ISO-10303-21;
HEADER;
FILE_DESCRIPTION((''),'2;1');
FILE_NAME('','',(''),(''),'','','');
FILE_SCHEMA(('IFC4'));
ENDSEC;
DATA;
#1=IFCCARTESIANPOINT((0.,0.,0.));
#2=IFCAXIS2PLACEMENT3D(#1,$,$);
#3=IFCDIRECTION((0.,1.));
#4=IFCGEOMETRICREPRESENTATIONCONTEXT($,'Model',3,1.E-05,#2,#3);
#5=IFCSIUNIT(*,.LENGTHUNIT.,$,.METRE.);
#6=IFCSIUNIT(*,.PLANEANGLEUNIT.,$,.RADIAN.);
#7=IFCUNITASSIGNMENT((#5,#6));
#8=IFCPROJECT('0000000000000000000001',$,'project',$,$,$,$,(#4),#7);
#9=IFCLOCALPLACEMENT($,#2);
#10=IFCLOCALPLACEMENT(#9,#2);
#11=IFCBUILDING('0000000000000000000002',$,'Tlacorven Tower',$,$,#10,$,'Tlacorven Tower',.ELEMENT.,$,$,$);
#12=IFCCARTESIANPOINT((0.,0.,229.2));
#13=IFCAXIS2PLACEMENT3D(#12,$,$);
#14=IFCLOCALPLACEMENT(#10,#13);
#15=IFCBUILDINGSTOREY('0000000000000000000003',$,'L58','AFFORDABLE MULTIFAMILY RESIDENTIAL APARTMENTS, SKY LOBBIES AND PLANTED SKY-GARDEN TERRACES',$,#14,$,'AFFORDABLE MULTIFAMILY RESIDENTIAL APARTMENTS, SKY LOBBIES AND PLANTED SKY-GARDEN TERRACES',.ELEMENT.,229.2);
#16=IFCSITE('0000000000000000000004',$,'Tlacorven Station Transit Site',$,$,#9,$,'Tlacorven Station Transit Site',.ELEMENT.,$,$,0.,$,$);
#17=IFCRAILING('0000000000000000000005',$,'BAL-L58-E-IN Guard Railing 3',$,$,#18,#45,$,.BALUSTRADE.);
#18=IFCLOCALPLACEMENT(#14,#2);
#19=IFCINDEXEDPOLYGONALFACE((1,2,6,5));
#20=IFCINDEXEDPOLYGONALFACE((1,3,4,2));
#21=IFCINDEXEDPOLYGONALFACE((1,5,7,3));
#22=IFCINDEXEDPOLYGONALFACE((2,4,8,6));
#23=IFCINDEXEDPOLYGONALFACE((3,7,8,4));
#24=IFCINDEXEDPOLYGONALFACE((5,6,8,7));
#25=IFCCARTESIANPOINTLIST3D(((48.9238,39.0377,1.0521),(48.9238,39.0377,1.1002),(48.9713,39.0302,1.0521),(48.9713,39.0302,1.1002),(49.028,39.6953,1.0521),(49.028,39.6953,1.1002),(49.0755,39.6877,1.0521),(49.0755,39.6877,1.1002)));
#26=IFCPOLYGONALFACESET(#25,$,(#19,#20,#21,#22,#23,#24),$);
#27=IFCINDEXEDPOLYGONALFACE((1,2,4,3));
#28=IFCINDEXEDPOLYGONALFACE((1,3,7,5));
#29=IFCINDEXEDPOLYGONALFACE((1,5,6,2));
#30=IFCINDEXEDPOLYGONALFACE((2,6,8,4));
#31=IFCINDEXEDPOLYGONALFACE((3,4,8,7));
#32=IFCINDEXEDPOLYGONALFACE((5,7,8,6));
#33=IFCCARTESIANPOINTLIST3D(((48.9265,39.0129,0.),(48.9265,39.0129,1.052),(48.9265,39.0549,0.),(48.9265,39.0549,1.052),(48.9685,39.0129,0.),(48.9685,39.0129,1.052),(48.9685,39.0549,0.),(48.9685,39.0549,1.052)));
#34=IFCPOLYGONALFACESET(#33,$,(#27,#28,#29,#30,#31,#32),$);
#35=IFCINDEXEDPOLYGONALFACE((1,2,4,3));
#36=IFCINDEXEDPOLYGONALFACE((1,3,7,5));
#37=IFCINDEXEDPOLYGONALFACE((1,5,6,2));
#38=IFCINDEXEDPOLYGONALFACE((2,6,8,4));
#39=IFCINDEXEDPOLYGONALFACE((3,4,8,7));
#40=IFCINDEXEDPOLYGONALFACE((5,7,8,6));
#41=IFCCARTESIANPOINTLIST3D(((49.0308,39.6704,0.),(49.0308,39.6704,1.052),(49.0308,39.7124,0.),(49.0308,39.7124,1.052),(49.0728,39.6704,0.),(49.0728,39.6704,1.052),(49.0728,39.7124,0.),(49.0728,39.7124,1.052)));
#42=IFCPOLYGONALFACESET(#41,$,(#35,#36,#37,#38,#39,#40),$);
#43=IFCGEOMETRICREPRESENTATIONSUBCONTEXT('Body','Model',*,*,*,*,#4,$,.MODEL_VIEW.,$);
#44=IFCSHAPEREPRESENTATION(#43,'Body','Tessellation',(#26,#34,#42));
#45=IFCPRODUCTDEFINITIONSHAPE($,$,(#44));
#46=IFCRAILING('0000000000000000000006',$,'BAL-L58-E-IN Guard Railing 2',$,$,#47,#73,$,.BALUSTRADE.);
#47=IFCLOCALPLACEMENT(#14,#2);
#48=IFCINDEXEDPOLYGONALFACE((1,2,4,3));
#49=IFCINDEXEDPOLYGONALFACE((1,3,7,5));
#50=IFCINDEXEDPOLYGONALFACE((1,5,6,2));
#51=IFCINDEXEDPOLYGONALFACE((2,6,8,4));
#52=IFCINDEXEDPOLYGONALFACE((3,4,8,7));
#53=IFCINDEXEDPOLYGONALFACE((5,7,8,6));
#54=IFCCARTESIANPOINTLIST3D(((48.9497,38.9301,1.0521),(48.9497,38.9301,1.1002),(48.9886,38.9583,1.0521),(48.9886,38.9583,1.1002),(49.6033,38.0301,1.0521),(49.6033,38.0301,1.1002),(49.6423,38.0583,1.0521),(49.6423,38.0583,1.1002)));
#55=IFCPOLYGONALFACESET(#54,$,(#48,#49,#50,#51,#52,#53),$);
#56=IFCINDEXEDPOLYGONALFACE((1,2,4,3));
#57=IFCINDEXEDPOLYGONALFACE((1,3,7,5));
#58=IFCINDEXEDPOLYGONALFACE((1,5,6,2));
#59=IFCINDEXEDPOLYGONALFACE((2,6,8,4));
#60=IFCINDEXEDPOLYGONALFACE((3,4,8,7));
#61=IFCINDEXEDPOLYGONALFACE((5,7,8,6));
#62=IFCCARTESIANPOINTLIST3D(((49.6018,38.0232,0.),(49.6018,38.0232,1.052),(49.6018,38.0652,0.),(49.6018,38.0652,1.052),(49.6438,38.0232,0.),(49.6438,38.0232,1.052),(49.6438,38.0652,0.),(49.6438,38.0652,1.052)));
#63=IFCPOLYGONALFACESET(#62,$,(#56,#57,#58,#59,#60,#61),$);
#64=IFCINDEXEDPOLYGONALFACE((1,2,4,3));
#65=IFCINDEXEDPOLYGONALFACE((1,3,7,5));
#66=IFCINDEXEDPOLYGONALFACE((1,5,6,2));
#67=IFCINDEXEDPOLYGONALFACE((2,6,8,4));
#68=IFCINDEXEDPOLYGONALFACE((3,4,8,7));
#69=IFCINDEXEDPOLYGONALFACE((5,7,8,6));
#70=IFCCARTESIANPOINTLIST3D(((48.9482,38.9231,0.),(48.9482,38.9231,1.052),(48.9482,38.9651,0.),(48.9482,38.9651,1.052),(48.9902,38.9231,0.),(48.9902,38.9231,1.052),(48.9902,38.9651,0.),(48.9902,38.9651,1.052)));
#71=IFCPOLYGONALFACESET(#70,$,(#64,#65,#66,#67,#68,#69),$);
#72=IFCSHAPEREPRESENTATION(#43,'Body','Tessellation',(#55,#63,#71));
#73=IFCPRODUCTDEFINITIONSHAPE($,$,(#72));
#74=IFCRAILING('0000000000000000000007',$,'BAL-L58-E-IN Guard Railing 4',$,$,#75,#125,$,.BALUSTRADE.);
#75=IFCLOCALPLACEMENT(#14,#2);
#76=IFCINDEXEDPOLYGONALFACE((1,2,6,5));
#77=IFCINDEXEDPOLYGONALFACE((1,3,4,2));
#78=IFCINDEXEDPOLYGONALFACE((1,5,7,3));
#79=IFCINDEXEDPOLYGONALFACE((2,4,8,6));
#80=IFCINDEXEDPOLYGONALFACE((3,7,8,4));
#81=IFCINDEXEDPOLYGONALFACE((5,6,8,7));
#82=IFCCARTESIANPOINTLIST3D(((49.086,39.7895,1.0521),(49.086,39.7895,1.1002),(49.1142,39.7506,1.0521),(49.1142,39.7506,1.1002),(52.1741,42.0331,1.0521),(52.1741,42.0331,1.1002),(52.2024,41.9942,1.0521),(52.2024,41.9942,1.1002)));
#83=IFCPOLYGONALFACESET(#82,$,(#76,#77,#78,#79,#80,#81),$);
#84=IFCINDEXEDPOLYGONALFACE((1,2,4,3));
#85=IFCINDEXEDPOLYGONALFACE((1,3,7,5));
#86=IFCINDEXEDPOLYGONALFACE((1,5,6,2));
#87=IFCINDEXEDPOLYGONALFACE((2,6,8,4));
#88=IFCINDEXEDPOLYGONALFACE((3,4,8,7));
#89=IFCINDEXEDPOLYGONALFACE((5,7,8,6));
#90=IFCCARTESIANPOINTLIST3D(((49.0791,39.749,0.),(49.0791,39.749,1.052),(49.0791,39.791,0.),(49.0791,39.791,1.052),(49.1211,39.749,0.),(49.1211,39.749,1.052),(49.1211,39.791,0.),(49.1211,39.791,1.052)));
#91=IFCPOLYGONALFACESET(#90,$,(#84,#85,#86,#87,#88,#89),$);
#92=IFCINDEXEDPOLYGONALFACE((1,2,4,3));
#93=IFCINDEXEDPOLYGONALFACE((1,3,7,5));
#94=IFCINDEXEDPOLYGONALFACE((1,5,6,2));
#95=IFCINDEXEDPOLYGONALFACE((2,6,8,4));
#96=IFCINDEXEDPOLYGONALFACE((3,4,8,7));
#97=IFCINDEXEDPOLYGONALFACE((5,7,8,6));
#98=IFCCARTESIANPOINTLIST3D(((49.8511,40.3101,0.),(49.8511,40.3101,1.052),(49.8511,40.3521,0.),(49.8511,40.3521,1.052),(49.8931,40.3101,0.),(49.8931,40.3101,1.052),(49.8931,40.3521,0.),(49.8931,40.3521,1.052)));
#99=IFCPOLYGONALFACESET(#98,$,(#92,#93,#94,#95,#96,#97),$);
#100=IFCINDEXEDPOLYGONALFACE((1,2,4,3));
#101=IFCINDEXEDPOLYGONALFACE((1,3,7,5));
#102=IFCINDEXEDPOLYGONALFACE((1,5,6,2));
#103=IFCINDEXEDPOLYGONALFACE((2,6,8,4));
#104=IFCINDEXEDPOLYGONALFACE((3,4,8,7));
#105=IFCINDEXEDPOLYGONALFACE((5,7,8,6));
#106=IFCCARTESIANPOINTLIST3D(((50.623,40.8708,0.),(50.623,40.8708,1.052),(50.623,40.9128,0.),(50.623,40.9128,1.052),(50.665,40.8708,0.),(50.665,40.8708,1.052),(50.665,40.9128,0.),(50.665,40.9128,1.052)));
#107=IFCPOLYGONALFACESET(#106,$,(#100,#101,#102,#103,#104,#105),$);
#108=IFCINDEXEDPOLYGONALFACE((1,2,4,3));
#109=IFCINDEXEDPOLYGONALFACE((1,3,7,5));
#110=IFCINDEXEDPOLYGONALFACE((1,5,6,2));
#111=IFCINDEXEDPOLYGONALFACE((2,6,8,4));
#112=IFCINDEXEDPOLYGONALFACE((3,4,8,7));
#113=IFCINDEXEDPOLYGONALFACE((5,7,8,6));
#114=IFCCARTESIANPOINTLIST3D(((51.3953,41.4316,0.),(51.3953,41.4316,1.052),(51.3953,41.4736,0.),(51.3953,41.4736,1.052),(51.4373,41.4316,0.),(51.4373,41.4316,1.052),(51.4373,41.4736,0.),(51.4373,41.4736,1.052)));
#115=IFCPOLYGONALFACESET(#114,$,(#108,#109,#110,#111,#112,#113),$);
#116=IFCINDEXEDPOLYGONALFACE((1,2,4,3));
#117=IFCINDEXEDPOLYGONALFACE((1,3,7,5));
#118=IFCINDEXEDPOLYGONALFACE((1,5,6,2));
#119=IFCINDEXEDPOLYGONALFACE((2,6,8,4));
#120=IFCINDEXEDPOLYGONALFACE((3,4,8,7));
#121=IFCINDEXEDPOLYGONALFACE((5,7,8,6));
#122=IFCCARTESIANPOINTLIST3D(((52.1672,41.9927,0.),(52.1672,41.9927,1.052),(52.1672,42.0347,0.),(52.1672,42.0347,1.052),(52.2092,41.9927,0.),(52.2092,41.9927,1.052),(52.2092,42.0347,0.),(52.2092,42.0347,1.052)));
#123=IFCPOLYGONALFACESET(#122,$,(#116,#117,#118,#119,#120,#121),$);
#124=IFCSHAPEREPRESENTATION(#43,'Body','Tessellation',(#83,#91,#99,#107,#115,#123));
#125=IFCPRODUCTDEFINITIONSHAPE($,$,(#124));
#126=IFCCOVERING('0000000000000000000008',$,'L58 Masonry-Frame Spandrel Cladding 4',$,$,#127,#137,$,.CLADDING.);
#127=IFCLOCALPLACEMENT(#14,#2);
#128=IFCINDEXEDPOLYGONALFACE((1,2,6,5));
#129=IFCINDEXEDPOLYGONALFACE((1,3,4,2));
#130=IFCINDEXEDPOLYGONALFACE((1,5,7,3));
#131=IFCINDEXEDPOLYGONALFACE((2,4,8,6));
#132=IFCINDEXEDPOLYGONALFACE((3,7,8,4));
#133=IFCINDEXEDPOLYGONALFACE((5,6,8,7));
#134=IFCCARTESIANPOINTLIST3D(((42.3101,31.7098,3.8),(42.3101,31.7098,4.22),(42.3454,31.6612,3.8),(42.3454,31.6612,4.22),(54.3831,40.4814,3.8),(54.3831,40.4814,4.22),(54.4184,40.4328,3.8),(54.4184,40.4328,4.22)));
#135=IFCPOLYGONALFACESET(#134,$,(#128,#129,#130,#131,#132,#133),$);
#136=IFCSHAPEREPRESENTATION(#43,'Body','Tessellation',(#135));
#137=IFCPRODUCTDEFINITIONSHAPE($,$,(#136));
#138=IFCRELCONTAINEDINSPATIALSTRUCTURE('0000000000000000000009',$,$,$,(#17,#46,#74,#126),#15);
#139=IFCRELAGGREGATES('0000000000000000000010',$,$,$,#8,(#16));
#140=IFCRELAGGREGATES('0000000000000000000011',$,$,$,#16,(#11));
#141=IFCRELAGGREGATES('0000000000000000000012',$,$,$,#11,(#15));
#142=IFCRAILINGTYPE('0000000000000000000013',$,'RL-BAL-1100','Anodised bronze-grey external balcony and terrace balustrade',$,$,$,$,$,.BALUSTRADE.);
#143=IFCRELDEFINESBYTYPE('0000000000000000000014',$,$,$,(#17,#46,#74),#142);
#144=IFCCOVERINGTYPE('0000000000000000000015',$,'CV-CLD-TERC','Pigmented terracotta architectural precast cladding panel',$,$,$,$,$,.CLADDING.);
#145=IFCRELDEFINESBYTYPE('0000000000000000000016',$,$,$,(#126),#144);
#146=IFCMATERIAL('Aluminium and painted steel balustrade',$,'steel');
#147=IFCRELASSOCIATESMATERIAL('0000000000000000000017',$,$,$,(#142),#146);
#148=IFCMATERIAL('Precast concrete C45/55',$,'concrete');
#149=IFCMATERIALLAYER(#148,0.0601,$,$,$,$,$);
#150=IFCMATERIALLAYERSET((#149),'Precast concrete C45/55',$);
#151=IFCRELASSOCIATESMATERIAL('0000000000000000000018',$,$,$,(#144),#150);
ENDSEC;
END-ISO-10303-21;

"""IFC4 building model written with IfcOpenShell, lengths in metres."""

from ifc_helpers import new_model, si_unit, direction, frame, origin, origin_2d, place, context, subcontext, project, spatial, rectangle, extrude, source, transform, mapped, material, layer, layer_set, type_object, element, save


model = new_model("IFC4")

# Units and contexts
model_context = context("Model", 3, precision=1e-05, world=origin(), true_north=direction((0.0, 1.0)))
body_context = subcontext(model_context, "Body", "Model", "MODEL_VIEW")
ifc_project = project(units=[si_unit("LENGTHUNIT", "METRE"), si_unit("PLANEANGLEUNIT", "RADIAN")], contexts=[model_context])

# Site, building, storey
site_placement = place(None, origin())
site = spatial("IfcSite", under=ifc_project, at=site_placement, Name="Tlacorven Station Transit Site", LongName="Tlacorven Station Transit Site", CompositionType="ELEMENT", RefElevation=0.0)
building_placement = place(site_placement, origin())
building = spatial("IfcBuilding", under=site, at=building_placement, Name="Tlacorven Tower", LongName="Tlacorven Tower", CompositionType="ELEMENT")
storey_placement = place(building_placement, frame((0.0, 0.0, 229.2)))
storey = spatial("IfcBuildingStorey", under=building, at=storey_placement, Name="L58", Description="AFFORDABLE MULTIFAMILY RESIDENTIAL APARTMENTS, SKY LOBBIES AND PLANTED SKY-GARDEN TERRACES", LongName="AFFORDABLE MULTIFAMILY RESIDENTIAL APARTMENTS, SKY LOBBIES AND PLANTED SKY-GARDEN TERRACES", CompositionType="ELEMENT", Elevation=229.2)

# Railings
ifc_material_1 = material(Name="Aluminium and painted steel balustrade", Category="steel")
railing_type = type_object("IfcRailingType", Name="RL-BAL-1100", Description="Anodised bronze-grey external balcony and terrace balustrade", PredefinedType="BALUSTRADE", material=ifc_material_1)
shared_shape_1 = source(origin(), body_context, "Body", "SweptSolid", [
    extrude(rectangle(XDim=0.0481, YDim=0.0481, at=origin_2d()), frame((0.0, 0.0, 1.0762), z_axis=(0.156603, 0.987662, 0.0), x_axis=(-0.987662, 0.156603, 0.0)), (0.0, 0.0, 1.0), 0.6658),
    extrude(rectangle(XDim=0.042, YDim=0.042, at=origin_2d()), origin(), (0.0, 0.0, 1.0), 1.052),
    extrude(rectangle(XDim=0.042, YDim=0.042, at=origin_2d()), frame((0.1042, 0.6575, 0.0)), (0.0, 0.0, 1.0), 1.052),
])
railing_1_placement = place(storey_placement, frame((48.9475, 39.0339, 0.0)))
element("IfcRailing", 1, at=railing_1_placement, inside=storey, type_object=railing_type, Name="BAL-L58-E-IN Guard Railing 3", PredefinedType="BALUSTRADE", context=body_context, shape_type="MappedRepresentation", body=[
    mapped(shared_shape_1, transform((0.0, 0.0, 0.0), scale=1.0)),
])
shared_shape_2 = source(origin(), body_context, "Body", "SweptSolid", [
    extrude(rectangle(XDim=0.0481, YDim=0.0481, at=origin_2d()), frame((0.0, 0.0, 1.0762), z_axis=(-0.587636, 0.809125, 0.0), x_axis=(-0.809125, -0.587636, 0.0)), (0.0, 0.0, 1.0), 1.1123),
    extrude(rectangle(XDim=0.042, YDim=0.042, at=origin_2d()), origin(), (0.0, 0.0, 1.0), 1.052),
    extrude(rectangle(XDim=0.042, YDim=0.042, at=origin_2d()), frame((-0.6536, 0.8999, 0.0)), (0.0, 0.0, 1.0), 1.052),
])
railing_2_placement = place(storey_placement, frame((49.6228, 38.0442, 0.0)))
element("IfcRailing", 2, at=railing_2_placement, inside=storey, type_object=railing_type, Name="BAL-L58-E-IN Guard Railing 2", PredefinedType="BALUSTRADE", context=body_context, shape_type="MappedRepresentation", body=[
    mapped(shared_shape_2, transform((0.0, 0.0, 0.0), scale=1.0)),
])
shared_shape_3 = source(origin(), body_context, "Body", "SweptSolid", [
    extrude(rectangle(XDim=0.0481, YDim=0.0481, at=origin_2d()), frame((0.0, 0.0, 1.0762), z_axis=(0.809018, 0.587784, 0.0), x_axis=(-0.587784, 0.809018, 0.0)), (0.0, 0.0, 1.0), 3.8171),
    extrude(rectangle(XDim=0.042, YDim=0.042, at=origin_2d()), origin(), (0.0, 0.0, 1.0), 1.052),
    extrude(rectangle(XDim=0.042, YDim=0.042, at=origin_2d()), frame((0.772, 0.561, 0.0)), (0.0, 0.0, 1.0), 1.052),
    extrude(rectangle(XDim=0.042, YDim=0.042, at=origin_2d()), frame((1.5439, 1.1218, 0.0)), (0.0, 0.0, 1.0), 1.052),
    extrude(rectangle(XDim=0.042, YDim=0.042, at=origin_2d()), frame((2.3162, 1.6826, 0.0)), (0.0, 0.0, 1.0), 1.052),
    extrude(rectangle(XDim=0.042, YDim=0.042, at=origin_2d()), frame((3.0881, 2.2437, 0.0)), (0.0, 0.0, 1.0), 1.052),
])
railing_3_placement = place(storey_placement, frame((49.1001, 39.77, 0.0)))
element("IfcRailing", 3, at=railing_3_placement, inside=storey, type_object=railing_type, Name="BAL-L58-E-IN Guard Railing 4", PredefinedType="BALUSTRADE", context=body_context, shape_type="MappedRepresentation", body=[
    mapped(shared_shape_3, transform((0.0, 0.0, 0.0), scale=1.0)),
])

# Covering
ifc_material_2 = material(Name="Precast concrete C45/55", Category="concrete")
ifc_layer_1 = layer(ifc_material_2, 0.0601)
ifc_layer_set_1 = layer_set([ifc_layer_1], Name="Precast concrete C45/55")
covering_type = type_object("IfcCoveringType", Name="CV-CLD-TERC", Description="Pigmented terracotta architectural precast cladding panel", PredefinedType="CLADDING", material=ifc_layer_set_1)
shared_shape_4 = source(origin(), body_context, "Body", "SweptSolid", [
    extrude(rectangle(XDim=14.9231, YDim=0.0601, at=origin_2d()), origin(), (0.0, 0.0, 1.0), 0.4199),
])
covering_placement = place(storey_placement, frame((48.3643, 36.0713, 3.8), z_axis=(0.0, 0.0, 1.0), x_axis=(0.809017, 0.587786, 0.0)))
element("IfcCovering", 4, at=covering_placement, inside=storey, type_object=covering_type, Name="L58 Masonry-Frame Spandrel Cladding 4", PredefinedType="CLADDING", context=body_context, shape_type="MappedRepresentation", body=[
    mapped(shared_shape_4, transform((0.0, 0.0, 0.0), scale=1.0)),
])

save(model, "model.ifc")
